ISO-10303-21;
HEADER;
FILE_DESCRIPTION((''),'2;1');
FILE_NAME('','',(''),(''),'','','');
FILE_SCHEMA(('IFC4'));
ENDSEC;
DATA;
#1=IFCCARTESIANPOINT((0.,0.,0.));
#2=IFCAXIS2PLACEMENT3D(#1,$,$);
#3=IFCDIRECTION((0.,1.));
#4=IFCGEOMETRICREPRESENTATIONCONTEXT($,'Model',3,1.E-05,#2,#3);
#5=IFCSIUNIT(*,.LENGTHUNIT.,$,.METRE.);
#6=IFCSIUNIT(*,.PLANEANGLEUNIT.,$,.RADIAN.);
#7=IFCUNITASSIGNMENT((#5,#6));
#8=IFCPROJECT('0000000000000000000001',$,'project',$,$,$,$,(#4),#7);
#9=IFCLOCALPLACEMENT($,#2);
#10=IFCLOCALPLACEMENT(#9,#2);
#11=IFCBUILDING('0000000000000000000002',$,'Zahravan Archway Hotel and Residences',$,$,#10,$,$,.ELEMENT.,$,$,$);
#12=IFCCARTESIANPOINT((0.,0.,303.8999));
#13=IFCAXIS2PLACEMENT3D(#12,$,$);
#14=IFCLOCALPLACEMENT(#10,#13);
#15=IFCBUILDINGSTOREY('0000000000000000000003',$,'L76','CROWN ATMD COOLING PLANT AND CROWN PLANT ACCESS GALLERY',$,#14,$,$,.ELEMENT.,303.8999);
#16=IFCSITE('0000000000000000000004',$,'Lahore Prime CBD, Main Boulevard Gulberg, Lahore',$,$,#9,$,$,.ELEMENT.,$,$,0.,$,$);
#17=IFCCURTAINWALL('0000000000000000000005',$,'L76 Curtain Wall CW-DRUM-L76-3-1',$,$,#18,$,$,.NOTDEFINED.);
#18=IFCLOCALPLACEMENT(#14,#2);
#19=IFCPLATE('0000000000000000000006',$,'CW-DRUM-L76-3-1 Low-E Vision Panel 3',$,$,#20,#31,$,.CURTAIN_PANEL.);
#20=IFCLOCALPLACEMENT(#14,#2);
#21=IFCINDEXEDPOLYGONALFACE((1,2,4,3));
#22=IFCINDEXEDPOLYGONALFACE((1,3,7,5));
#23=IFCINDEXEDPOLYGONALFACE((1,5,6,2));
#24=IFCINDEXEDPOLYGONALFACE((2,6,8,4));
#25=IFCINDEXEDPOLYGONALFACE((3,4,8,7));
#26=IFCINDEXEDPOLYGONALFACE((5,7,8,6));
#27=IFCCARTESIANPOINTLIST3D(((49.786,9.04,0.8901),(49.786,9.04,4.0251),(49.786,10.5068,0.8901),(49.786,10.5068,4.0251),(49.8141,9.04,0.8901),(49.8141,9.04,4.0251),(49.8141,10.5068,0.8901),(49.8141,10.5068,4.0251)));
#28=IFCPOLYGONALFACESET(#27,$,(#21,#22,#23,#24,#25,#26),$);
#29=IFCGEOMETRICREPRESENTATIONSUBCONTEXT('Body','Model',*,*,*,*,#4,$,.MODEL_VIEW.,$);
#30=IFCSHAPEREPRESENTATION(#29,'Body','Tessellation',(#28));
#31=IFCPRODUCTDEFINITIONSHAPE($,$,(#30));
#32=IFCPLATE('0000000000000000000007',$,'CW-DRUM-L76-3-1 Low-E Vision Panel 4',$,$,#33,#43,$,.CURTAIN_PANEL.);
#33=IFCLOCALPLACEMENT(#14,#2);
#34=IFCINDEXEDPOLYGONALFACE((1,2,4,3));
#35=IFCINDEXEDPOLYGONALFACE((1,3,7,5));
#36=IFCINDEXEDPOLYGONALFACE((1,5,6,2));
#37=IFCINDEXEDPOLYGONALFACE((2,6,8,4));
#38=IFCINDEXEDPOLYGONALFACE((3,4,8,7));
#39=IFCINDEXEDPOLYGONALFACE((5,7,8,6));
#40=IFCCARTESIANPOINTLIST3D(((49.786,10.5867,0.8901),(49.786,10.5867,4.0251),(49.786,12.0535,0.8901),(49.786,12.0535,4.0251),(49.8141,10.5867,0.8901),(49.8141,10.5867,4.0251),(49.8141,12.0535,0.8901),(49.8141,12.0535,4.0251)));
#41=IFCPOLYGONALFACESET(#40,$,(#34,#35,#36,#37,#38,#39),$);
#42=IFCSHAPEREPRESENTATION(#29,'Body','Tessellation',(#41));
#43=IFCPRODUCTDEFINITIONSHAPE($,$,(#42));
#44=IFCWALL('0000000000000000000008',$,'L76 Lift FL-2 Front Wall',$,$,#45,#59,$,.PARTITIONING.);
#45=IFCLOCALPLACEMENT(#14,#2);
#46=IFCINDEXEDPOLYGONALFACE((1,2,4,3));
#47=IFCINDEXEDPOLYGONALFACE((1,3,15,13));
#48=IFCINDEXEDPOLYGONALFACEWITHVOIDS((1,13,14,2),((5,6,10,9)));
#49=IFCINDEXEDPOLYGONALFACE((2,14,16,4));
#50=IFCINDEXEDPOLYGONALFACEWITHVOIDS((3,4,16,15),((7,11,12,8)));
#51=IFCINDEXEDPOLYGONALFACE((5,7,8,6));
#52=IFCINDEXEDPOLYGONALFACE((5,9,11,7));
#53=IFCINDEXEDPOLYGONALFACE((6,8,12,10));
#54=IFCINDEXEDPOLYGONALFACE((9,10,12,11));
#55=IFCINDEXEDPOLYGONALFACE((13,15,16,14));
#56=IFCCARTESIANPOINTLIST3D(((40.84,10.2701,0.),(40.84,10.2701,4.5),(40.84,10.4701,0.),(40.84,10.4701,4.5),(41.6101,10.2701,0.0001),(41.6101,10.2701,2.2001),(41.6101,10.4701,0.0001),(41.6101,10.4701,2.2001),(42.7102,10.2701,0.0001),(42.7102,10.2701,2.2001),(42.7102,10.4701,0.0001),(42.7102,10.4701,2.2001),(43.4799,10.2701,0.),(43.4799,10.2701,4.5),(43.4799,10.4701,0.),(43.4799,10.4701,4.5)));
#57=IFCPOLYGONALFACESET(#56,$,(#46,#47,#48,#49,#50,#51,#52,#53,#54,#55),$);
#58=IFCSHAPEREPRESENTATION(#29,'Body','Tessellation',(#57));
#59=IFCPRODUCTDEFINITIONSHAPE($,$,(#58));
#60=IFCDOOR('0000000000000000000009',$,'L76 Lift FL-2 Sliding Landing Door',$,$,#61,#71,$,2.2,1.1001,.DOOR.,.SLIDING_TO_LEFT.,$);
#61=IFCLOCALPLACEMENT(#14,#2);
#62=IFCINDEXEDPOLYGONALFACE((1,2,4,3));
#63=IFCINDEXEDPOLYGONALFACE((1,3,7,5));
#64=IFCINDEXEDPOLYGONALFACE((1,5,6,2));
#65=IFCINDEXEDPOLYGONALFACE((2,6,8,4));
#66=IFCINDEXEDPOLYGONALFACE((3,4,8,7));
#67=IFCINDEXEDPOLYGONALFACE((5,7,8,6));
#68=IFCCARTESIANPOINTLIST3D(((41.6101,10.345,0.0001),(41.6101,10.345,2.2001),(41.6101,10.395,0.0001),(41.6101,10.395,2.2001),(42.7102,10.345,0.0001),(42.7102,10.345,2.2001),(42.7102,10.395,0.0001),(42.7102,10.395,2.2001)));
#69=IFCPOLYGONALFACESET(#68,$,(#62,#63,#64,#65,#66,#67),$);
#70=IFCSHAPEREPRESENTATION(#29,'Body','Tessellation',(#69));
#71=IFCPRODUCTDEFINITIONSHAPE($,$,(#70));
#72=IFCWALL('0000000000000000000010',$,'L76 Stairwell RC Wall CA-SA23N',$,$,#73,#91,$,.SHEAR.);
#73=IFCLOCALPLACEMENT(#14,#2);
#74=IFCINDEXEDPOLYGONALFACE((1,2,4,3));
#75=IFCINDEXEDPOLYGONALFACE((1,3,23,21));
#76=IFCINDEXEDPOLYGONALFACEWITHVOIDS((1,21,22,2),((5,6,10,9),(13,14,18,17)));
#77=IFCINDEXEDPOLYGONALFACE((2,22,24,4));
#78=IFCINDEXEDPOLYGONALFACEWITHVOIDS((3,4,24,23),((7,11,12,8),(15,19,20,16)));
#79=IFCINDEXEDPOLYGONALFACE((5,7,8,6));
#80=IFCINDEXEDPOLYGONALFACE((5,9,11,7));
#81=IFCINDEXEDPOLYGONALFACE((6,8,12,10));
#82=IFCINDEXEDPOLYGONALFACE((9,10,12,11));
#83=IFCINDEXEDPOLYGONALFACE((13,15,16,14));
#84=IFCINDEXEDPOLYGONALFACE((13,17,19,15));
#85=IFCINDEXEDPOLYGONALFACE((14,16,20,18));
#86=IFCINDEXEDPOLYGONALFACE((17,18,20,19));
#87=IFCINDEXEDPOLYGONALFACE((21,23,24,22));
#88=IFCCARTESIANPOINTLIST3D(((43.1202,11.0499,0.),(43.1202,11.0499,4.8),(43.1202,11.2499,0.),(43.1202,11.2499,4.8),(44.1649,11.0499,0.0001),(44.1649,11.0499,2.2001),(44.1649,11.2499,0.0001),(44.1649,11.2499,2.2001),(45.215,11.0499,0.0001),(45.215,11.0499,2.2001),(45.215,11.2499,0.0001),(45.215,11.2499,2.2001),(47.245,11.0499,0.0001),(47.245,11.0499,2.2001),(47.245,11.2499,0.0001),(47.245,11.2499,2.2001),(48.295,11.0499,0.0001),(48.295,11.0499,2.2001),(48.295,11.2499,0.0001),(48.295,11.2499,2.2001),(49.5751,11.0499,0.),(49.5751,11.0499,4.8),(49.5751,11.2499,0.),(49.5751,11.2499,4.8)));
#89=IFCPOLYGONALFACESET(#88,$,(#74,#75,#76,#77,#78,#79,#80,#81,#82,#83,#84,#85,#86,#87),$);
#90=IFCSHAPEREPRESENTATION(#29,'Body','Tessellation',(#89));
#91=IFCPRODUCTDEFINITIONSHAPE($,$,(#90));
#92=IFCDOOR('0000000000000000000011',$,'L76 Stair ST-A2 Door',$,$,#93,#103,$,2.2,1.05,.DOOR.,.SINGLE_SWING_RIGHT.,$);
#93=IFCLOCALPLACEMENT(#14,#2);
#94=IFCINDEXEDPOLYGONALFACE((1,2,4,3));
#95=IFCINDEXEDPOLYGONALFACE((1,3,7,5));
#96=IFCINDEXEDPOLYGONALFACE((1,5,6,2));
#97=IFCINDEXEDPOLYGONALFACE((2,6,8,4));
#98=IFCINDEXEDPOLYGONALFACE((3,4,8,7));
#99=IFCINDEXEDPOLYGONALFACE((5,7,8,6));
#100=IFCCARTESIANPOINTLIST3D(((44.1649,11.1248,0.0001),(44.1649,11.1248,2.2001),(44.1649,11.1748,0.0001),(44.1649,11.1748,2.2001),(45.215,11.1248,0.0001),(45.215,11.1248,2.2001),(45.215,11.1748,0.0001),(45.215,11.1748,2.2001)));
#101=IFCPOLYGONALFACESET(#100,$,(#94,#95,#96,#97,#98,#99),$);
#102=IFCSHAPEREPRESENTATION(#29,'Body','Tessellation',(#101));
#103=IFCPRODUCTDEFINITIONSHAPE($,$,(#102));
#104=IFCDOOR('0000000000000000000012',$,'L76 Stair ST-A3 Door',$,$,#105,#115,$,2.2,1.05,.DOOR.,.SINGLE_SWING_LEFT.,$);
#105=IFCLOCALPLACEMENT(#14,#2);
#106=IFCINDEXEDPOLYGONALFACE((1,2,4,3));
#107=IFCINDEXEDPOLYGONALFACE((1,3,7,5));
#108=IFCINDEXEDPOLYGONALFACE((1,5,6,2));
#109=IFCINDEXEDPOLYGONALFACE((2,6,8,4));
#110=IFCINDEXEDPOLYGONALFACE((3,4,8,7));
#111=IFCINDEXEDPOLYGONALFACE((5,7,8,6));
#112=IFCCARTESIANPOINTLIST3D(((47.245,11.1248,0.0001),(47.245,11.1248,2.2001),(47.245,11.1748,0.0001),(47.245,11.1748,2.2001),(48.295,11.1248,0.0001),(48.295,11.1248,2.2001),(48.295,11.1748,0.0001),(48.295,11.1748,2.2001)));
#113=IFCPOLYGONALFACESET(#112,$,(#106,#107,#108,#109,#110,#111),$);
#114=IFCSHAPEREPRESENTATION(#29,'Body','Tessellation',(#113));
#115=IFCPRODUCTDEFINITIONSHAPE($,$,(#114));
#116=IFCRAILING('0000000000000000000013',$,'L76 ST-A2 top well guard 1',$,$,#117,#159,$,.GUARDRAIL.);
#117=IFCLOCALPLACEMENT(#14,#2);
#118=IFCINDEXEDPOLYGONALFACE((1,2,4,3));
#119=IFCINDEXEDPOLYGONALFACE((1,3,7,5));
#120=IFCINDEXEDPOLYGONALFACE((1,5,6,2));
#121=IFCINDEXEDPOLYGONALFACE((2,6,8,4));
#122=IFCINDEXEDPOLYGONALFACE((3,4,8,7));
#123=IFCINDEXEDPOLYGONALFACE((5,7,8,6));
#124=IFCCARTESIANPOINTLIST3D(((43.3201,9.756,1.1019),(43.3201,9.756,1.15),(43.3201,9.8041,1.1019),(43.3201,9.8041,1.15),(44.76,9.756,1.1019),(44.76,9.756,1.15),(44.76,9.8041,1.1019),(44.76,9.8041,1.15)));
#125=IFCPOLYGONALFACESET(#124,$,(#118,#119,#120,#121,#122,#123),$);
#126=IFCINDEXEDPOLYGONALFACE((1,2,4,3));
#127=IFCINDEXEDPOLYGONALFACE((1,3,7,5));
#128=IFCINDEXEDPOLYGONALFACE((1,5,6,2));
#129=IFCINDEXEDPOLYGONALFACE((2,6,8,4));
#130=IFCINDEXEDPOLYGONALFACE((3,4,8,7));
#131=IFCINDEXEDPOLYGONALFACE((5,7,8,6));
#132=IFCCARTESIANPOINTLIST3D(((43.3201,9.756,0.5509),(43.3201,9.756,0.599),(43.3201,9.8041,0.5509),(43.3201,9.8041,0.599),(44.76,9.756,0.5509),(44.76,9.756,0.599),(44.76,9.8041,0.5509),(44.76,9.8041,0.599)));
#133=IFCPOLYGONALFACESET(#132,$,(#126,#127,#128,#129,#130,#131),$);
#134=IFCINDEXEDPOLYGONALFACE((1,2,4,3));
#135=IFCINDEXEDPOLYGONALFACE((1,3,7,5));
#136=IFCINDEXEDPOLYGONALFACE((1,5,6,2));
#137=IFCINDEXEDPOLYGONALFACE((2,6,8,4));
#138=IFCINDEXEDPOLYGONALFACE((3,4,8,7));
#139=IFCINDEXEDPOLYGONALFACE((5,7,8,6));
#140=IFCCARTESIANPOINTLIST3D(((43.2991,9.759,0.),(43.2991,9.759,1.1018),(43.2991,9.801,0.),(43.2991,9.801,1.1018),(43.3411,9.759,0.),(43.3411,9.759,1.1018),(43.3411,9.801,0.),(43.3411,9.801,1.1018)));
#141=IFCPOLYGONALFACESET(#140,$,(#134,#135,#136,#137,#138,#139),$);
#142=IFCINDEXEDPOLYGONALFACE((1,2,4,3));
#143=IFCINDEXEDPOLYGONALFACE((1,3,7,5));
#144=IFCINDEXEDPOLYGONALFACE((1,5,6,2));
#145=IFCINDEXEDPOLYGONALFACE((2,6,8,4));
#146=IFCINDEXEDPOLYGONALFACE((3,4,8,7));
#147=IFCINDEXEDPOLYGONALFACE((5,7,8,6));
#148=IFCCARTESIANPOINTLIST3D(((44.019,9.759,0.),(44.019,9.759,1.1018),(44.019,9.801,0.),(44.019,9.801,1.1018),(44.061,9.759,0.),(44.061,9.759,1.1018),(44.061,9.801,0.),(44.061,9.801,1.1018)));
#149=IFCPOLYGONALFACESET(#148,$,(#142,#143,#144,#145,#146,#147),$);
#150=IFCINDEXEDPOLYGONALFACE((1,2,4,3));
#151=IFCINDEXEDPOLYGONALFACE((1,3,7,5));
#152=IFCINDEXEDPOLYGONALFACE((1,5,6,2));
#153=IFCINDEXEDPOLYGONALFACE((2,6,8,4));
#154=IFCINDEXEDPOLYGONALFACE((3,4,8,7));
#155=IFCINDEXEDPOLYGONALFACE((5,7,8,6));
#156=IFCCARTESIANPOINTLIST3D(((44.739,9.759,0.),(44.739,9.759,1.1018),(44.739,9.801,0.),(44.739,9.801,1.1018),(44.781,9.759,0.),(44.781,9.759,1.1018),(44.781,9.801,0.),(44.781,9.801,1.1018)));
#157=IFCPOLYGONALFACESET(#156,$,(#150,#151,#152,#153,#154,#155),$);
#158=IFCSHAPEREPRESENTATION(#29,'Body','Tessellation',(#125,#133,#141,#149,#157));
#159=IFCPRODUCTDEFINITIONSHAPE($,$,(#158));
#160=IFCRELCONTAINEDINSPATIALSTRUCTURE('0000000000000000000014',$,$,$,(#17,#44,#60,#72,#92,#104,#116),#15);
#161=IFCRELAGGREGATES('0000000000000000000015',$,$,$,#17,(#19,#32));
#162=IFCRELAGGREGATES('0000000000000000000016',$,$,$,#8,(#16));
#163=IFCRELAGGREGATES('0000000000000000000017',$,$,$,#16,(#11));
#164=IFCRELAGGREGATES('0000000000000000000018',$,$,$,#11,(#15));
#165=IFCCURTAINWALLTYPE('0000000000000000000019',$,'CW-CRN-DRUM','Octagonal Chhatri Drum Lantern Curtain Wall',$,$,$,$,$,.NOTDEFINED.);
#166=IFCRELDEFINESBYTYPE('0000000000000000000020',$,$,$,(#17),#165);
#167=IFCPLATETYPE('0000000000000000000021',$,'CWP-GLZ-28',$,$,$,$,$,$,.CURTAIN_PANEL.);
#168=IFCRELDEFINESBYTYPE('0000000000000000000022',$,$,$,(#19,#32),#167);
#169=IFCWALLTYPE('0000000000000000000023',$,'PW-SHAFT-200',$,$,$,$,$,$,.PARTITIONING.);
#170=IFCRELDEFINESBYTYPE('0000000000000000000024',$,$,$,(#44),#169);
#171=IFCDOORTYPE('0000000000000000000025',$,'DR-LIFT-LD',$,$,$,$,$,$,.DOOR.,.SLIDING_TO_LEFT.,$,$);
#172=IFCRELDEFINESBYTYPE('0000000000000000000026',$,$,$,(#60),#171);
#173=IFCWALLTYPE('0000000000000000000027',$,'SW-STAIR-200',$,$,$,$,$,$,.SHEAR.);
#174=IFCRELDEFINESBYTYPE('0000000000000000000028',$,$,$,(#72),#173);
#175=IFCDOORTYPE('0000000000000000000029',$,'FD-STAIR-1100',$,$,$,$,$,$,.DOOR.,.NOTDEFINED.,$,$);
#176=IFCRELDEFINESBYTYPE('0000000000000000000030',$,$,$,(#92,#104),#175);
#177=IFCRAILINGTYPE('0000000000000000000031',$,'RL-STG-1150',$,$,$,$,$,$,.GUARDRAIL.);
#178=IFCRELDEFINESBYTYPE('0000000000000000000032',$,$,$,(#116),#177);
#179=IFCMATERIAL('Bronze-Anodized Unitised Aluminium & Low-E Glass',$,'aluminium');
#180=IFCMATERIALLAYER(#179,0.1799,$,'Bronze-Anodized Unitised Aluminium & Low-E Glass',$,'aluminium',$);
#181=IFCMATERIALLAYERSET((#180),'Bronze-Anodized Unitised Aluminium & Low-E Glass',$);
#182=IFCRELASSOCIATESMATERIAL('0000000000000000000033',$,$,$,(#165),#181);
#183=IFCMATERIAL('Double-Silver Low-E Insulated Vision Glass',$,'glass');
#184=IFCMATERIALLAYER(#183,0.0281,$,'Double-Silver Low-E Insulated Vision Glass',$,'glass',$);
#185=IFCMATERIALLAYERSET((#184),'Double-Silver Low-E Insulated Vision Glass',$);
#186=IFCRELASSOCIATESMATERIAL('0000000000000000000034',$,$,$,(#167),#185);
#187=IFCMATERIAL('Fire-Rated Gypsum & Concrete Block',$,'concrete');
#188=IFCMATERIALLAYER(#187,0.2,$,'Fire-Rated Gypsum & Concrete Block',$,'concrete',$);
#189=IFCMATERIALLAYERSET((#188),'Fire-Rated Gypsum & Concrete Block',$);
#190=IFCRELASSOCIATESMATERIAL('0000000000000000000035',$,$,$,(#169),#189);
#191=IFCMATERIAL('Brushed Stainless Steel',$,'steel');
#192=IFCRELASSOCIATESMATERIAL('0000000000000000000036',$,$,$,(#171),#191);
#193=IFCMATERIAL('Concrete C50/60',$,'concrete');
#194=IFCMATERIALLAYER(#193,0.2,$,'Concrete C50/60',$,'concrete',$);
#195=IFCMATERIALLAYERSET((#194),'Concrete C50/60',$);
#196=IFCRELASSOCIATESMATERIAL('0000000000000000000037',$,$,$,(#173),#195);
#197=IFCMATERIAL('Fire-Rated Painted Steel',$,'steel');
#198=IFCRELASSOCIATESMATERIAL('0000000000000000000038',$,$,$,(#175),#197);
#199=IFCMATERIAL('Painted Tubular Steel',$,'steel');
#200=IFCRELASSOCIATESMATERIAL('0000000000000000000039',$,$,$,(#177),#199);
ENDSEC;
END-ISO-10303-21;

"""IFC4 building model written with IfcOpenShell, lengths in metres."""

from ifc_helpers import new_model, si_unit, direction, frame, frame_2d, origin, origin_2d, place, context, subcontext, project, spatial, rectangle, extrude, source, transform, mapped, material, layer, layer_set, type_object, type_shapes, element, fill, aggregate, save


model = new_model("IFC4")

# Units and contexts
model_context = context("Model", 3, precision=1e-05, world=origin(), true_north=direction((0.0, 1.0)))
body_context = subcontext(model_context, "Body", "Model", "MODEL_VIEW")
ifc_project = project(units=[si_unit("LENGTHUNIT", "METRE"), si_unit("PLANEANGLEUNIT", "RADIAN")], contexts=[model_context])

# Site, building, storey
site_placement = place(None, origin())
site = spatial("IfcSite", under=ifc_project, at=site_placement, Name="Lahore Prime CBD, Main Boulevard Gulberg, Lahore", CompositionType="ELEMENT", RefElevation=0.0)
building_placement = place(site_placement, origin())
building = spatial("IfcBuilding", under=site, at=building_placement, Name="Zahravan Archway Hotel and Residences", CompositionType="ELEMENT")
storey_placement = place(building_placement, frame((0.0, 0.0, 303.8999)))
storey = spatial("IfcBuildingStorey", under=building, at=storey_placement, Name="L76", Description="CROWN ATMD COOLING PLANT AND CROWN PLANT ACCESS GALLERY", CompositionType="ELEMENT", Elevation=303.8999)

# Curtain wall, plates
ifc_material_1 = material(Name="Bronze-Anodized Unitised Aluminium & Low-E Glass", Category="aluminium")
ifc_layer_1 = layer(ifc_material_1, 0.1799, Name="Bronze-Anodized Unitised Aluminium & Low-E Glass", Category="aluminium")
ifc_layer_set_1 = layer_set([ifc_layer_1], Name="Bronze-Anodized Unitised Aluminium & Low-E Glass")
curtain_wall_type = type_object("IfcCurtainWallType", Name="CW-CRN-DRUM", Description="Octagonal Chhatri Drum Lantern Curtain Wall", PredefinedType="NOTDEFINED", material=ifc_layer_set_1)
curtain_wall_placement = place(storey_placement, origin())
curtain_wall = element("IfcCurtainWall", 1, at=curtain_wall_placement, inside=storey, type_object=curtain_wall_type, Name="L76 Curtain Wall CW-DRUM-L76-3-1", PredefinedType="NOTDEFINED")
ifc_material_2 = material(Name="Double-Silver Low-E Insulated Vision Glass", Category="glass")
ifc_layer_2 = layer(ifc_material_2, 0.0281, Name="Double-Silver Low-E Insulated Vision Glass", Category="glass")
ifc_layer_set_2 = layer_set([ifc_layer_2], Name="Double-Silver Low-E Insulated Vision Glass")
plate_type_1 = type_object("IfcPlateType", Name="CWP-GLZ-28", PredefinedType="CURTAIN_PANEL", material=ifc_layer_set_2)
shared_shape_1 = source(origin(), body_context, "Body", "SweptSolid", [
    extrude(rectangle(XDim=1.4668, YDim=0.0281, at=origin_2d()), origin(), (0.0, 0.0, 1.0), 3.135),
])
plate_1_placement = place(storey_placement, frame((49.8, 9.7734, 0.8901), z_axis=(0.0, 0.0, 1.0), x_axis=(0.0, 1.0, 0.0)))
plate_1 = element("IfcPlate", 2, at=plate_1_placement, type_object=plate_type_1, Name="CW-DRUM-L76-3-1 Low-E Vision Panel 3", PredefinedType="CURTAIN_PANEL", context=body_context, shape_type="MappedRepresentation", body=[
    mapped(shared_shape_1, transform((0.0, 0.0, 0.0), scale=1.0)),
])
plate_2_placement = place(storey_placement, frame((49.8, 11.3201, 0.8901), z_axis=(0.0, 0.0, 1.0), x_axis=(0.0, 1.0, 0.0)))
plate_2 = element("IfcPlate", 3, at=plate_2_placement, type_object=plate_type_1, Name="CW-DRUM-L76-3-1 Low-E Vision Panel 4", PredefinedType="CURTAIN_PANEL", context=body_context, shape_type="MappedRepresentation", body=[
    mapped(shared_shape_1, transform((0.0, 0.0, 0.0), scale=1.0)),
])
aggregate(curtain_wall, [plate_1, plate_2])

# Wall, opening, door
ifc_material_3 = material(Name="Fire-Rated Gypsum & Concrete Block", Category="concrete")
ifc_material_4 = material(Name="Fire-Rated Painted Steel", Category="steel")
ifc_layer_3 = layer(ifc_material_3, 0.2, Name="Fire-Rated Gypsum & Concrete Block", Category="concrete")
ifc_layer_set_3 = layer_set([ifc_layer_3], Name="Fire-Rated Gypsum & Concrete Block")
wall_type_1 = type_object("IfcWallType", Name="PW-SHAFT-200", PredefinedType="PARTITIONING", material=ifc_layer_set_3)
wall_1_placement = place(storey_placement, frame((40.8401, 10.3701, 0.0), z_axis=(0.0, 0.0, 1.0), x_axis=(1.0, 0.0, 0.0)))
wall_1 = element("IfcWall", 4, at=wall_1_placement, inside=storey, type_object=wall_type_1, Name="L76 Lift FL-2 Front Wall", PredefinedType="PARTITIONING", context=body_context, shape_type="SweptSolid", body=[
    extrude(rectangle(XDim=2.6399, YDim=0.2, at=frame_2d((1.3198, 0.0))), origin(), (0.0, 0.0, 1.0), 4.5),
])
opening_1_placement = place(wall_1_placement, frame((0.77, 0.0, 0.0)))
opening_1 = element("IfcOpeningElement", 5, at=opening_1_placement, cuts=wall_1, PredefinedType="OPENING", context=body_context, shape_type="SweptSolid", body=[
    extrude(rectangle(XDim=1.1001, YDim=2.2, at=frame_2d((0.55, 1.1001))), frame((0.0, 0.1099, 0.0), z_axis=(0.0, -1.0, 0.0), x_axis=(1.0, 0.0, 0.0)), (0.0, 0.0, 1.0), 0.22),
])
ifc_material_5 = material(Name="Brushed Stainless Steel", Category="steel")
door_type_1 = type_object("IfcDoorType", Name="DR-LIFT-LD", OperationType="SLIDING_TO_LEFT", PredefinedType="DOOR", material=ifc_material_5)
shared_shape_2 = source(origin(), body_context, "Body", "SweptSolid", [
    extrude(rectangle(XDim=1.1001, YDim=2.2, at=frame_2d((0.55, 1.1001))), frame((0.0, 0.0249, 0.0), z_axis=(0.0, -1.0, 0.0), x_axis=(1.0, 0.0, 0.0)), (0.0, 0.0, 1.0), 0.05),
])
type_shapes(door_type_1, [shared_shape_2])
door_1_placement = place(opening_1_placement, origin())
door_1 = element("IfcDoor", 6, at=door_1_placement, inside=storey, type_object=door_type_1, Name="L76 Lift FL-2 Sliding Landing Door", OperationType="SLIDING_TO_LEFT", OverallHeight=2.2, OverallWidth=1.1001, PredefinedType="DOOR", context=body_context, shape_type="MappedRepresentation", body=[
    mapped(shared_shape_2, transform((0.0, 0.0, 0.0), scale=1.0)),
])
fill(opening_1, door_1)

# Wall, openings, doors
ifc_material_6 = material(Name="Concrete C50/60", Category="concrete")
ifc_layer_4 = layer(ifc_material_6, 0.2, Name="Concrete C50/60", Category="concrete")
ifc_layer_set_4 = layer_set([ifc_layer_4], Name="Concrete C50/60")
wall_type_2 = type_object("IfcWallType", Name="SW-STAIR-200", PredefinedType="SHEAR", material=ifc_layer_set_4)
wall_2_placement = place(storey_placement, frame((43.1201, 11.1499, 0.0), z_axis=(0.0, 0.0, 1.0), x_axis=(1.0, 0.0, 0.0)))
wall_2 = element("IfcWall", 7, at=wall_2_placement, inside=storey, type_object=wall_type_2, Name="L76 Stairwell RC Wall CA-SA23N", PredefinedType="SHEAR", context=body_context, shape_type="SweptSolid", body=[
    extrude(rectangle(XDim=6.4548, YDim=0.2, at=frame_2d((3.2275, 0.0))), origin(), (0.0, 0.0, 1.0), 4.8),
])
opening_2_placement = place(wall_2_placement, frame((1.0449, 0.0, 0.0)))
opening_2 = element("IfcOpeningElement", 8, at=opening_2_placement, cuts=wall_2, PredefinedType="OPENING", context=body_context, shape_type="SweptSolid", body=[
    extrude(rectangle(XDim=1.05, YDim=2.2, at=frame_2d((0.5249, 1.1001))), frame((0.0, 0.1099, 0.0), z_axis=(0.0, -1.0, 0.0), x_axis=(1.0, 0.0, 0.0)), (0.0, 0.0, 1.0), 0.22),
])
opening_3_placement = place(wall_2_placement, frame((4.125, 0.0, 0.0)))
opening_3 = element("IfcOpeningElement", 9, at=opening_3_placement, cuts=wall_2, PredefinedType="OPENING", context=body_context, shape_type="SweptSolid", body=[
    extrude(rectangle(XDim=1.05, YDim=2.2, at=frame_2d((0.5249, 1.1001))), frame((0.0, 0.1099, 0.0), z_axis=(0.0, -1.0, 0.0), x_axis=(1.0, 0.0, 0.0)), (0.0, 0.0, 1.0), 0.22),
])
door_type_2 = type_object("IfcDoorType", Name="FD-STAIR-1100", OperationType="NOTDEFINED", PredefinedType="DOOR", material=ifc_material_4)
shared_shape_3 = source(origin(), body_context, "Body", "SweptSolid", [
    extrude(rectangle(XDim=1.05, YDim=2.2, at=frame_2d((0.5249, 1.1001))), frame((0.0, 0.0249, 0.0), z_axis=(0.0, -1.0, 0.0), x_axis=(1.0, 0.0, 0.0)), (0.0, 0.0, 1.0), 0.05),
])
type_shapes(door_type_2, [shared_shape_3])
door_2_placement = place(opening_2_placement, origin())
door_2 = element("IfcDoor", 10, at=door_2_placement, inside=storey, type_object=door_type_2, Name="L76 Stair ST-A2 Door", OperationType="SINGLE_SWING_RIGHT", OverallHeight=2.2, OverallWidth=1.05, PredefinedType="DOOR", context=body_context, shape_type="MappedRepresentation", body=[
    mapped(shared_shape_3, transform((0.0, 0.0, 0.0), scale=1.0)),
])
fill(opening_2, door_2)
door_3_placement = place(opening_3_placement, origin())
door_3 = element("IfcDoor", 11, at=door_3_placement, inside=storey, type_object=door_type_2, Name="L76 Stair ST-A3 Door", OperationType="SINGLE_SWING_LEFT", OverallHeight=2.2, OverallWidth=1.05, PredefinedType="DOOR", context=body_context, shape_type="MappedRepresentation", body=[
    mapped(shared_shape_3, transform((0.0, 0.0, 0.0), scale=1.0)),
])
fill(opening_3, door_3)

# Railing
ifc_material_7 = material(Name="Painted Tubular Steel", Category="steel")
railing_type = type_object("IfcRailingType", Name="RL-STG-1150", PredefinedType="GUARDRAIL", material=ifc_material_7)
railing_1_placement = place(storey_placement, frame((43.3201, 9.78, 0.0)))
element("IfcRailing", 12, at=railing_1_placement, inside=storey, type_object=railing_type, Name="L76 ST-A2 top well guard 1", PredefinedType="GUARDRAIL", context=body_context, shape_type="SweptSolid", body=[
    extrude(rectangle(XDim=0.0481, YDim=0.0481, at=origin_2d()), frame((0.0, 0.0, 1.126), z_axis=(1.0, 0.0, 0.0), x_axis=(0.0, 1.0, 0.0)), (0.0, 0.0, 1.0), 1.4399),
    extrude(rectangle(XDim=0.0481, YDim=0.0481, at=origin_2d()), frame((0.0, 0.0, 0.575), z_axis=(1.0, 0.0, 0.0), x_axis=(0.0, 1.0, 0.0)), (0.0, 0.0, 1.0), 1.4399),
    extrude(rectangle(XDim=0.042, YDim=0.042, at=origin_2d()), origin(), (0.0, 0.0, 1.0), 1.1018),
    extrude(rectangle(XDim=0.042, YDim=0.042, at=origin_2d()), frame((0.72, 0.0, 0.0)), (0.0, 0.0, 1.0), 1.1018),
    extrude(rectangle(XDim=0.042, YDim=0.042, at=origin_2d()), frame((1.4399, 0.0, 0.0)), (0.0, 0.0, 1.0), 1.1018),
])

save(model, "model.ifc")
